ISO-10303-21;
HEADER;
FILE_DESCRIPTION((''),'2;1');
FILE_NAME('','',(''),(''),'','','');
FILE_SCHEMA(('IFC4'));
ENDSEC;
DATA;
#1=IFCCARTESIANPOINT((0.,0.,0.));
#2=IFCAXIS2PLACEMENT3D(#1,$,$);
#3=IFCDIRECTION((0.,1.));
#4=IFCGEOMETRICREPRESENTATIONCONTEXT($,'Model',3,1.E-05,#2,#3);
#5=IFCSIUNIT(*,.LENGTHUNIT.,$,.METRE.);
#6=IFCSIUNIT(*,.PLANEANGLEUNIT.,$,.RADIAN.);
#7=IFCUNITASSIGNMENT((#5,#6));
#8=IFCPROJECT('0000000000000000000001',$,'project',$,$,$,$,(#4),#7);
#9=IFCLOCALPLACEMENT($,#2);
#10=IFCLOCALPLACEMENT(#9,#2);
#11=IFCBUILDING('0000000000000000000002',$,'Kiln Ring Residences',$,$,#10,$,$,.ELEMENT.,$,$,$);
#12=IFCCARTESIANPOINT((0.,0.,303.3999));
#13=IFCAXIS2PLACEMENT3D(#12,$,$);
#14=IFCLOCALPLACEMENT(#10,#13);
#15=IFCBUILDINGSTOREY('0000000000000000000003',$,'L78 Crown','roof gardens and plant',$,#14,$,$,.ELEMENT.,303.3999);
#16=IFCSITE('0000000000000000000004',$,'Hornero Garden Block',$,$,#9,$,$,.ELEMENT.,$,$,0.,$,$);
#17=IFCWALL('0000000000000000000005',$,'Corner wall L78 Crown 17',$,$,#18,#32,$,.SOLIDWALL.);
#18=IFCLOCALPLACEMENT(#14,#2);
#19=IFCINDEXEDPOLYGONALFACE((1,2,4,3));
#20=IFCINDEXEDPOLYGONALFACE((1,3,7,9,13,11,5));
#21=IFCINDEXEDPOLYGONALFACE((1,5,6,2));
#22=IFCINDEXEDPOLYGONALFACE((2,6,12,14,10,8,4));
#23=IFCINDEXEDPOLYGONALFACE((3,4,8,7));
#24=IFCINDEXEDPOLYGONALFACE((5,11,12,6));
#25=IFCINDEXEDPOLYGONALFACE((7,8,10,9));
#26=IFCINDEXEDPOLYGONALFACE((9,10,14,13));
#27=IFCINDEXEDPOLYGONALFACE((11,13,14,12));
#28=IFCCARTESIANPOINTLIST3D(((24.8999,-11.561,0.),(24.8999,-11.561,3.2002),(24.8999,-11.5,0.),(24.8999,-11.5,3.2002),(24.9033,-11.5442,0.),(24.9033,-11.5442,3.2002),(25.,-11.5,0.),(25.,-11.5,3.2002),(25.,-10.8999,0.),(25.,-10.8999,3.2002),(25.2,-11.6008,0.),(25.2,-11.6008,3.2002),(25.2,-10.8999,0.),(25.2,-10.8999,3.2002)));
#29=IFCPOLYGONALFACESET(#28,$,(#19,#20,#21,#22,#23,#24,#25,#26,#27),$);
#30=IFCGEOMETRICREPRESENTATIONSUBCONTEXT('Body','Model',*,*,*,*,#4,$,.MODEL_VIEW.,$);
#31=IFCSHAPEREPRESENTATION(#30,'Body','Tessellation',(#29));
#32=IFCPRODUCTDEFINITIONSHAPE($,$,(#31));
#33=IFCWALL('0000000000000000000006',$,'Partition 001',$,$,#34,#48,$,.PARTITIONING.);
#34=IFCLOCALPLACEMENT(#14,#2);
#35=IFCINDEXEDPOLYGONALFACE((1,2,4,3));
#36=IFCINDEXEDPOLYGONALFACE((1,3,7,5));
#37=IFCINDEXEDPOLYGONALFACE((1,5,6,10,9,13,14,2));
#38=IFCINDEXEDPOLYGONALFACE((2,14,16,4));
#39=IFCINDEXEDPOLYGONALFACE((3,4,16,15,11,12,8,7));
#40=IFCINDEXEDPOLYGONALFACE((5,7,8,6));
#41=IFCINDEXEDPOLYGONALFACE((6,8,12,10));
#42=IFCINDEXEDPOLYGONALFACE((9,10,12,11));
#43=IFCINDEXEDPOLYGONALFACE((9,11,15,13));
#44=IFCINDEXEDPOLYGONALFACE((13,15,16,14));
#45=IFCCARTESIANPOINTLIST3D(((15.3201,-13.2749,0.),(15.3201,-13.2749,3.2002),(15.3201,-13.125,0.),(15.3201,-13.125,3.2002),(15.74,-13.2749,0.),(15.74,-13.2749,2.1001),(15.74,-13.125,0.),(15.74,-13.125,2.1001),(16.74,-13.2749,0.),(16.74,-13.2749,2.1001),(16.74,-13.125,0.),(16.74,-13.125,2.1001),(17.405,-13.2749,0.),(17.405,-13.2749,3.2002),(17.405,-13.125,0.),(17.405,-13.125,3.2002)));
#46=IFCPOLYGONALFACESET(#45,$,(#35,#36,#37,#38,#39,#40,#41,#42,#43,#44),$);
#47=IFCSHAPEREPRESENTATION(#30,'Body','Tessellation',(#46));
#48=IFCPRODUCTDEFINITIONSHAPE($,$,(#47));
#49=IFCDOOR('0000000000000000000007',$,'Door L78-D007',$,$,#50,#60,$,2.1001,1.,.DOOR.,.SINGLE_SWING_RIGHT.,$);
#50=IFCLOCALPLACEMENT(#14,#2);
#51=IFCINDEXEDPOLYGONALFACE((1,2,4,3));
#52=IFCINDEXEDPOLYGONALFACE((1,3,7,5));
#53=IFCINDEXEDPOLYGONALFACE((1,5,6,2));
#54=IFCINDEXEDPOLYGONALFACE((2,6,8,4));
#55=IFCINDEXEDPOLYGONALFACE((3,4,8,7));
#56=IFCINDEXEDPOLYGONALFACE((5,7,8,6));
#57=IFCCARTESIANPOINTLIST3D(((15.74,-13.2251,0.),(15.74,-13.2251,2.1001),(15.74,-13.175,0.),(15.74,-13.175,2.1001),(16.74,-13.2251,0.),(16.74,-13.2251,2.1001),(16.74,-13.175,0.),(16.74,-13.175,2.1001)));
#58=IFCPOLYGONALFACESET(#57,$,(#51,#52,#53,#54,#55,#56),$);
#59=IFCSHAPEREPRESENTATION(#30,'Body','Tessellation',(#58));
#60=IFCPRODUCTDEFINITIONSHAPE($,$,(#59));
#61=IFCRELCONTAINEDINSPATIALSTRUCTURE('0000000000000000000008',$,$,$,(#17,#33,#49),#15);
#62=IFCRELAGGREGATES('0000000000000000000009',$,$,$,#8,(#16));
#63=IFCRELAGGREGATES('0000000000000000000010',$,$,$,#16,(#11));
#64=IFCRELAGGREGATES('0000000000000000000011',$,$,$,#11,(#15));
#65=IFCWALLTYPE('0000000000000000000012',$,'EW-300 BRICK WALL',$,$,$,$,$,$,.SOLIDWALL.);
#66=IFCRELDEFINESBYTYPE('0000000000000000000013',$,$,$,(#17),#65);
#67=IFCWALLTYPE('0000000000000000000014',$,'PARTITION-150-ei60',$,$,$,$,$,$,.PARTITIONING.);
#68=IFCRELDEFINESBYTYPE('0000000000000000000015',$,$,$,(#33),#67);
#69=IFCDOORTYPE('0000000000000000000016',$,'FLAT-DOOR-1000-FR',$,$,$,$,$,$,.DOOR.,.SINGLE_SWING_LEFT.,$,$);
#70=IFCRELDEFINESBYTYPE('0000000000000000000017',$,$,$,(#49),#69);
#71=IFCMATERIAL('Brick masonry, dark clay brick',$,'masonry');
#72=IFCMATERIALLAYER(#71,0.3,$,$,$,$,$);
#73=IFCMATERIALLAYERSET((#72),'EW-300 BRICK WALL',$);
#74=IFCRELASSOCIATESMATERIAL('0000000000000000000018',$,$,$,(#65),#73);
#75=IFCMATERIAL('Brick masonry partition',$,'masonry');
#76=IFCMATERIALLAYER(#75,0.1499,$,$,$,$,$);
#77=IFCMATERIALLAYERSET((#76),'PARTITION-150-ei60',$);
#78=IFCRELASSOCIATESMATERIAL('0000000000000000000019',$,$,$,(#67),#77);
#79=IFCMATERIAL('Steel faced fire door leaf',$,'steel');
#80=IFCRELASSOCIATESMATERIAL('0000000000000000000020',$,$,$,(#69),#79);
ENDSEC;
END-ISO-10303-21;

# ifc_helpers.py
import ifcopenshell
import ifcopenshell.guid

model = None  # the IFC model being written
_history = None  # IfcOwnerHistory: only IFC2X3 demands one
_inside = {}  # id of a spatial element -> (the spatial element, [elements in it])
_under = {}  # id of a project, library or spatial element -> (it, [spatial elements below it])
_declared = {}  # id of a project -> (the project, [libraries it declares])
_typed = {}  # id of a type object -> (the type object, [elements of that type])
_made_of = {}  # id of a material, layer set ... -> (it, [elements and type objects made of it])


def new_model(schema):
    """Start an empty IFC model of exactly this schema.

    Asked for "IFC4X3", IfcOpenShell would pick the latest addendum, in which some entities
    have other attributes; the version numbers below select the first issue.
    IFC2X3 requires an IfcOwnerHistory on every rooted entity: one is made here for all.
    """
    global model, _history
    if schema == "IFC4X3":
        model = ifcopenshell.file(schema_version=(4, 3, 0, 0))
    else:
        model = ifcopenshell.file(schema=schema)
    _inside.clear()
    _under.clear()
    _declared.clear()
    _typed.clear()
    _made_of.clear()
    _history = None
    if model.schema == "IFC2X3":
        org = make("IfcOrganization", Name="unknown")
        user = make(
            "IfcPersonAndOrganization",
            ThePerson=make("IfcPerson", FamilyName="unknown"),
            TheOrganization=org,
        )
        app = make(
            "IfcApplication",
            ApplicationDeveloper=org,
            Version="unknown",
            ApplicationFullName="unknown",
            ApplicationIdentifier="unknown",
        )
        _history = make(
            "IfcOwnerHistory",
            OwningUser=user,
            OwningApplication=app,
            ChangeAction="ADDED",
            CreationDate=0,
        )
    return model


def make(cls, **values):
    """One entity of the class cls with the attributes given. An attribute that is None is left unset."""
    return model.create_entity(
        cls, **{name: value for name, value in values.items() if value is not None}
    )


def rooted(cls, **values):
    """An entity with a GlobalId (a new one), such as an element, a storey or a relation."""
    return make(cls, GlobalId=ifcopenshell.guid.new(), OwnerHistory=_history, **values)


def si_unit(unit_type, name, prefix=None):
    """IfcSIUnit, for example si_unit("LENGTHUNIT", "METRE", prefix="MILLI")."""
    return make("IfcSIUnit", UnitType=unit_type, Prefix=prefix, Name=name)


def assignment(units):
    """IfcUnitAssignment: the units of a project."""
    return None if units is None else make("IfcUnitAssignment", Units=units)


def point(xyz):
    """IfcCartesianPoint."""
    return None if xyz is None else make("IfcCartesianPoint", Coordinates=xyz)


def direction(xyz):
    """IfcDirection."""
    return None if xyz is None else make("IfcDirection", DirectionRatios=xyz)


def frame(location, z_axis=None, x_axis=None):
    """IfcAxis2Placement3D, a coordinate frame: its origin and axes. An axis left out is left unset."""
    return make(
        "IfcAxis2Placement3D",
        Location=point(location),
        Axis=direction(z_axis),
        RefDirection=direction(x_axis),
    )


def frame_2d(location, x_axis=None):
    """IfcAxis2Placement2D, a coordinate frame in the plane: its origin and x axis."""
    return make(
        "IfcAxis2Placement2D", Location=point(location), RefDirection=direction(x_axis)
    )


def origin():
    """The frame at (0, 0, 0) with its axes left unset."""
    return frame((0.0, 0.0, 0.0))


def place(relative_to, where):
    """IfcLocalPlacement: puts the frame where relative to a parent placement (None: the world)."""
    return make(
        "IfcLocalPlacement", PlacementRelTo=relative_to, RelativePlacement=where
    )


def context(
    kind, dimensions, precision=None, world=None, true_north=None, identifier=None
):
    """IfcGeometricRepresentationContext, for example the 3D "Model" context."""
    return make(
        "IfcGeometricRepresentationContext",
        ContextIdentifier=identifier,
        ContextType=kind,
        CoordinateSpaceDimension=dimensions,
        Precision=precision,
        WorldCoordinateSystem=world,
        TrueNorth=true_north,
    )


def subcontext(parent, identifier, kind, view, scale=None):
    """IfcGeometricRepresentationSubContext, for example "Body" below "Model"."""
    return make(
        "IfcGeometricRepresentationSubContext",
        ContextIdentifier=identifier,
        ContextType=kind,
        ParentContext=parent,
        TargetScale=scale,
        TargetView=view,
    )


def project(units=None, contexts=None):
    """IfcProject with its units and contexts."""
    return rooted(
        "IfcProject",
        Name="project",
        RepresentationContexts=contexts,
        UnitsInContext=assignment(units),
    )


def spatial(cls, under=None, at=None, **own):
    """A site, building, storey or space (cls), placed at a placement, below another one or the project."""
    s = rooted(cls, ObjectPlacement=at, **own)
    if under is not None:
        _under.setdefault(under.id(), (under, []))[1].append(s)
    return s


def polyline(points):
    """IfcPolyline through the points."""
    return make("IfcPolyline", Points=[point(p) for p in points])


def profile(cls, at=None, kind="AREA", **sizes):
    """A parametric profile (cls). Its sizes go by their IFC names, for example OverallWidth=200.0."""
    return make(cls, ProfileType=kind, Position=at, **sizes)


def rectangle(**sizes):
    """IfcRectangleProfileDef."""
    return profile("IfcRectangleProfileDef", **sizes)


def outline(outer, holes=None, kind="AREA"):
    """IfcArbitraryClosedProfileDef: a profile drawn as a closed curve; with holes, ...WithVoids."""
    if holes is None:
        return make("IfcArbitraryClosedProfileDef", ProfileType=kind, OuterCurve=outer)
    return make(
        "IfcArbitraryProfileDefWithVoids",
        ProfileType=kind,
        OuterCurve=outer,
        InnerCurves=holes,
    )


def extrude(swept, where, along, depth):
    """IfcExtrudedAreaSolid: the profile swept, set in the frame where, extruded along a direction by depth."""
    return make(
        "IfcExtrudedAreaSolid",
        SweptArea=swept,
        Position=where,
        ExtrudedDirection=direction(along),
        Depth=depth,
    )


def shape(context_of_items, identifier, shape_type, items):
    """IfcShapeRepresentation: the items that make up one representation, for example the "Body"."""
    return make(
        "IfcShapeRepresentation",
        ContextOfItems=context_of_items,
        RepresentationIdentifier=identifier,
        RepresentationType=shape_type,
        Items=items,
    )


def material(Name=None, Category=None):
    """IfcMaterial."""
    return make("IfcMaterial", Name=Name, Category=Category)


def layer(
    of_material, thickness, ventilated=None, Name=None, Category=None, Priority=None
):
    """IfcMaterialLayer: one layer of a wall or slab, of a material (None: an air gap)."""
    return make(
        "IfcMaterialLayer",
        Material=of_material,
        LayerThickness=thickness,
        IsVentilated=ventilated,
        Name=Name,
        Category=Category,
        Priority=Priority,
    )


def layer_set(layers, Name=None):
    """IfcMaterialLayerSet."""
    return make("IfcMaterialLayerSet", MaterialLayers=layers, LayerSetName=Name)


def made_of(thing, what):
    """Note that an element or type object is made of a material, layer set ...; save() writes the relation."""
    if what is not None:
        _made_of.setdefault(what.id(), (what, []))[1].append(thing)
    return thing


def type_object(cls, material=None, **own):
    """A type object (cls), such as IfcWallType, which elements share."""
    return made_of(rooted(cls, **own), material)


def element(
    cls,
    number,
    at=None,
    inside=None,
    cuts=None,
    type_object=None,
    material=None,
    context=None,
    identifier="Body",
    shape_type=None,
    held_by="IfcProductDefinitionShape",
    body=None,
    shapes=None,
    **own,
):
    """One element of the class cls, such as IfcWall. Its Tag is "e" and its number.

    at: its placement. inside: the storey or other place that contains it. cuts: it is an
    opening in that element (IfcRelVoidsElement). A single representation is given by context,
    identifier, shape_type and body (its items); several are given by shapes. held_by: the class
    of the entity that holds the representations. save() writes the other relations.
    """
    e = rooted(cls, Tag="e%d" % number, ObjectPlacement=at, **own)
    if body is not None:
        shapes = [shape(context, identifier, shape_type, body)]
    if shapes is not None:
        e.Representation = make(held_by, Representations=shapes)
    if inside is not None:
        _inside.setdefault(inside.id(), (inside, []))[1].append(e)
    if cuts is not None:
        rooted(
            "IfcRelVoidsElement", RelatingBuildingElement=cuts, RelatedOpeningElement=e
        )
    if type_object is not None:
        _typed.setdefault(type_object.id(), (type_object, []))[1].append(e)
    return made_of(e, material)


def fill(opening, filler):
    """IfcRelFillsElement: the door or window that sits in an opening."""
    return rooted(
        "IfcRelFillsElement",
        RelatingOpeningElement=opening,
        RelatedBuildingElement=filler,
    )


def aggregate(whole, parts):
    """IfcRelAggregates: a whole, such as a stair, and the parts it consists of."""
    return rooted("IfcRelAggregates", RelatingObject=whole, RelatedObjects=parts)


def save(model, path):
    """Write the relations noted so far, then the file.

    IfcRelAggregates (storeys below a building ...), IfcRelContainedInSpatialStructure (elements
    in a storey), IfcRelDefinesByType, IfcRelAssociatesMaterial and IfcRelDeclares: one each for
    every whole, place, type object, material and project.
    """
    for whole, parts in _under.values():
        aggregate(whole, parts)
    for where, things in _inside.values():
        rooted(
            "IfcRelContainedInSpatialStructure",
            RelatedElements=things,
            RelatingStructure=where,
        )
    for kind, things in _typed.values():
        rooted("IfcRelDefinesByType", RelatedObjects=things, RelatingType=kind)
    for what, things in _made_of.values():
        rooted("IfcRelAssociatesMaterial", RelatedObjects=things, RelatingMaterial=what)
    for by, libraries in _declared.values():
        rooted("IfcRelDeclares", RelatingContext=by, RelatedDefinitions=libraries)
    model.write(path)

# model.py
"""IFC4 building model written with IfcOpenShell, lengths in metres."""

from ifc_helpers import new_model, si_unit, direction, frame, frame_2d, origin, place, context, subcontext, project, spatial, polyline, rectangle, outline, extrude, material, layer, layer_set, type_object, element, fill, save


model = new_model("IFC4")

# Units and contexts
model_context = context("Model", 3, precision=1e-05, world=origin(), true_north=direction((0.0, 1.0)))
body_context = subcontext(model_context, "Body", "Model", "MODEL_VIEW")
ifc_project = project(units=[si_unit("LENGTHUNIT", "METRE"), si_unit("PLANEANGLEUNIT", "RADIAN")], contexts=[model_context])

# Site, building, storey
site_placement = place(None, origin())
site = spatial("IfcSite", under=ifc_project, at=site_placement, Name="Hornero Garden Block", CompositionType="ELEMENT", RefElevation=0.0)
building_placement = place(site_placement, origin())
building = spatial("IfcBuilding", under=site, at=building_placement, Name="Kiln Ring Residences", CompositionType="ELEMENT")
storey_placement = place(building_placement, frame((0.0, 0.0, 303.3999)))
storey = spatial("IfcBuildingStorey", under=building, at=storey_placement, Name="L78 Crown", Description="roof gardens and plant", CompositionType="ELEMENT", Elevation=303.3999)

# Shared definitions
ifc_material_1 = material(Name="Brick masonry, dark clay brick", Category="masonry")
ifc_layer_1 = layer(ifc_material_1, 0.3)
ifc_layer_set_1 = layer_set([ifc_layer_1], Name="EW-300 BRICK WALL")
wall_type_1 = type_object("IfcWallType", Name="EW-300 BRICK WALL", PredefinedType="SOLIDWALL", material=ifc_layer_set_1)

# Wall
placement = place(storey_placement, origin())
element("IfcWall", 1, at=placement, inside=storey, type_object=wall_type_1, Name="Corner wall L78 Crown 17", PredefinedType="SOLIDWALL", context=body_context, shape_type="SweptSolid", body=[
    extrude(outline(polyline([(25.2, -11.6008), (25.2, -10.8999), (25.0, -10.8999), (25.0, -11.5), (24.8999, -11.5), (24.8999, -11.561), (24.9033, -11.5442), (25.2, -11.6008)])), origin(), (0.0, 0.0, 1.0), 3.2002),
])

# Wall, opening, door
ifc_material_2 = material(Name="Brick masonry partition", Category="masonry")
ifc_layer_2 = layer(ifc_material_2, 0.1499)
ifc_layer_set_2 = layer_set([ifc_layer_2], Name="PARTITION-150-ei60")
wall_type_2 = type_object("IfcWallType", Name="PARTITION-150-ei60", PredefinedType="PARTITIONING", material=ifc_layer_set_2)
wall_1_placement = place(storey_placement, frame((15.3201, -13.2, 0.0), z_axis=(0.0, 0.0, 1.0), x_axis=(1.0, 0.0, 0.0)))
wall_1 = element("IfcWall", 2, at=wall_1_placement, inside=storey, type_object=wall_type_2, Name="Partition 001", PredefinedType="PARTITIONING", context=body_context, shape_type="SweptSolid", body=[
    extrude(rectangle(XDim=2.085, YDim=0.1499, at=frame_2d((1.0425, 0.0))), origin(), (0.0, 0.0, 1.0), 3.2002),
])
opening_1_placement = place(wall_1_placement, frame((0.4199, 0.0, 0.0)))
opening_1 = element("IfcOpeningElement", 3, at=opening_1_placement, cuts=wall_1, PredefinedType="OPENING", context=body_context, shape_type="SweptSolid", body=[
    extrude(rectangle(XDim=1.0, YDim=2.1001, at=frame_2d((0.5, 1.05))), frame((0.0, 0.085, 0.0), z_axis=(0.0, -1.0, 0.0), x_axis=(1.0, 0.0, 0.0)), (0.0, 0.0, 1.0), 0.1699),
])
ifc_material_3 = material(Name="Steel faced fire door leaf", Category="steel")
door_type = type_object("IfcDoorType", Name="FLAT-DOOR-1000-FR", OperationType="SINGLE_SWING_LEFT", PredefinedType="DOOR", material=ifc_material_3)
door_placement = place(opening_1_placement, origin())
door = element("IfcDoor", 4, at=door_placement, inside=storey, type_object=door_type, Name="Door L78-D007", OperationType="SINGLE_SWING_RIGHT", OverallHeight=2.1001, OverallWidth=1.0, PredefinedType="DOOR", context=body_context, shape_type="SweptSolid", body=[
    extrude(rectangle(XDim=1.0, YDim=2.1001, at=frame_2d((0.5, 1.05))), frame((0.0, 0.0249, 0.0), z_axis=(0.0, -1.0, 0.0), x_axis=(1.0, 0.0, 0.0)), (0.0, 0.0, 1.0), 0.05),
])
fill(opening_1, door)

save(model, "model.ifc")
